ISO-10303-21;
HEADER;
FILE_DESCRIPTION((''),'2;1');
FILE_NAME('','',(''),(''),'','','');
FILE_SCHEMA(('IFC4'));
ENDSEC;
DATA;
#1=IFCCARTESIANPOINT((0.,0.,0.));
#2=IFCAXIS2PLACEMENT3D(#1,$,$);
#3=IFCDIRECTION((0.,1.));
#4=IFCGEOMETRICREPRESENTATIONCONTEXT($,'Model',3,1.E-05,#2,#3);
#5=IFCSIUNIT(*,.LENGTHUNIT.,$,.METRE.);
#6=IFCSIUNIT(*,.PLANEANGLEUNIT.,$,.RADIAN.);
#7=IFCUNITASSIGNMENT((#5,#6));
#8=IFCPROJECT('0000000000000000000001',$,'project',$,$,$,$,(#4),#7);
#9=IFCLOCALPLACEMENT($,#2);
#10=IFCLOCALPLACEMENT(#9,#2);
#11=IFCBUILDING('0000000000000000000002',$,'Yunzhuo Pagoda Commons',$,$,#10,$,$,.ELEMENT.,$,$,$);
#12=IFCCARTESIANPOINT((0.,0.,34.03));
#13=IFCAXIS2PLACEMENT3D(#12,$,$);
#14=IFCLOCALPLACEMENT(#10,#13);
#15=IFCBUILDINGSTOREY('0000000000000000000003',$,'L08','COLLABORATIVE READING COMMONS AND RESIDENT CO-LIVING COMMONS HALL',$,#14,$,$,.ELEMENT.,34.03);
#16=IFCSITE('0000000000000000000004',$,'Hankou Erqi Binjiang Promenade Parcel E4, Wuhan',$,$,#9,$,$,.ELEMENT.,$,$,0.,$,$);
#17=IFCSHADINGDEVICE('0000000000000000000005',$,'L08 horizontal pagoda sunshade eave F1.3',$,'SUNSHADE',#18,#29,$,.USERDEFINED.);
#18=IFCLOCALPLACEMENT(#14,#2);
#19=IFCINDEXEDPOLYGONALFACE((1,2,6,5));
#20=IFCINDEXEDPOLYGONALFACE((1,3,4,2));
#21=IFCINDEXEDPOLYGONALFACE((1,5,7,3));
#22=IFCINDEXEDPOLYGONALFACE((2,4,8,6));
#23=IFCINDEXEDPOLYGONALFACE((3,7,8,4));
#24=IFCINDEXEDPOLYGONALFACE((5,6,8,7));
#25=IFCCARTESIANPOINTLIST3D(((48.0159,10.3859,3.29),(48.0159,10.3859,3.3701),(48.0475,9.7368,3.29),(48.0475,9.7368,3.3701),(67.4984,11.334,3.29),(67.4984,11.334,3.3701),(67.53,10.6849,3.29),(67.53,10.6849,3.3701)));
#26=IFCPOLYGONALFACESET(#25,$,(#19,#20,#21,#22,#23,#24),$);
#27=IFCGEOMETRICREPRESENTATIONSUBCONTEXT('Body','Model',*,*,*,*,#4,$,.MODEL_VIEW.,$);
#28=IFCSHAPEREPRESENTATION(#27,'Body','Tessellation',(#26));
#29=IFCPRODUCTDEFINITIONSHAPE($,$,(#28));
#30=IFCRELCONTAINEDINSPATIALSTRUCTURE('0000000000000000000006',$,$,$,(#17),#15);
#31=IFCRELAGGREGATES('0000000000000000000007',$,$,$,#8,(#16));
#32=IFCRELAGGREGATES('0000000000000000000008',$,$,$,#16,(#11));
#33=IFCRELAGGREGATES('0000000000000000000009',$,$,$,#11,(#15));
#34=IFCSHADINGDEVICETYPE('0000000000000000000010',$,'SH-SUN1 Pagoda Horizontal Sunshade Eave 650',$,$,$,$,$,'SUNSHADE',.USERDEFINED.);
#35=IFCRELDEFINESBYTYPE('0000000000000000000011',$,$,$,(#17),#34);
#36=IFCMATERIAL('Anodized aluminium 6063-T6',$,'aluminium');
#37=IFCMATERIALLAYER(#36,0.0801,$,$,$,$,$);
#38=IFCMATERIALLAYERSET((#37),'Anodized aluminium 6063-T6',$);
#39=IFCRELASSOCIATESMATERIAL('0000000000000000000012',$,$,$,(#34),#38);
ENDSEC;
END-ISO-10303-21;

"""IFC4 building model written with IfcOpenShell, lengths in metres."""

from ifc_helpers import new_model, si_unit, direction, frame, origin, origin_2d, place, context, subcontext, project, spatial, rectangle, extrude, source, transform, mapped, material, layer, layer_set, type_object, element, save


model = new_model("IFC4")

# Units and contexts
model_context = context("Model", 3, precision=1e-05, world=origin(), true_north=direction((0.0, 1.0)))
body_context = subcontext(model_context, "Body", "Model", "MODEL_VIEW")
ifc_project = project(units=[si_unit("LENGTHUNIT", "METRE"), si_unit("PLANEANGLEUNIT", "RADIAN")], contexts=[model_context])

# Site, building, storey
site_placement = place(None, origin())
site = spatial("IfcSite", under=ifc_project, at=site_placement, Name="Hankou Erqi Binjiang Promenade Parcel E4, Wuhan", CompositionType="ELEMENT", RefElevation=0.0)
building_placement = place(site_placement, origin())
building = spatial("IfcBuilding", under=site, at=building_placement, Name="Yunzhuo Pagoda Commons", CompositionType="ELEMENT")
storey_placement = place(building_placement, frame((0.0, 0.0, 34.03)))
storey = spatial("IfcBuildingStorey", under=building, at=storey_placement, Name="L08", Description="COLLABORATIVE READING COMMONS AND RESIDENT CO-LIVING COMMONS HALL", CompositionType="ELEMENT", Elevation=34.03)

# Shared definitions
ifc_material_1 = material(Name="Anodized aluminium 6063-T6", Category="aluminium")

# Shading device
ifc_layer_1 = layer(ifc_material_1, 0.0801)
ifc_layer_set_1 = layer_set([ifc_layer_1], Name="Anodized aluminium 6063-T6")
shading_device_type = type_object("IfcShadingDeviceType", Name="SH-SUN1 Pagoda Horizontal Sunshade Eave 650", ElementType="SUNSHADE", PredefinedType="USERDEFINED", material=ifc_layer_set_1)
shared_shape_1 = source(origin(), body_context, "Body", "SweptSolid", [
    extrude(rectangle(XDim=19.5056, YDim=0.6499, at=origin_2d()), origin(), (0.0, 0.0, 1.0), 0.0801),
])
shading_device_placement = place(storey_placement, frame((57.7729, 10.5354, 3.29), z_axis=(0.0, 0.0, 1.0), x_axis=(0.998818, 0.048606, 0.0)))
element("IfcShadingDevice", 1, at=shading_device_placement, inside=storey, type_object=shading_device_type, Name="L08 horizontal pagoda sunshade eave F1.3", ObjectType="SUNSHADE", PredefinedType="USERDEFINED", context=body_context, shape_type="MappedRepresentation", body=[
    mapped(shared_shape_1, transform((0.0, 0.0, 0.0), scale=1.0)),
])

save(model, "model.ifc")
